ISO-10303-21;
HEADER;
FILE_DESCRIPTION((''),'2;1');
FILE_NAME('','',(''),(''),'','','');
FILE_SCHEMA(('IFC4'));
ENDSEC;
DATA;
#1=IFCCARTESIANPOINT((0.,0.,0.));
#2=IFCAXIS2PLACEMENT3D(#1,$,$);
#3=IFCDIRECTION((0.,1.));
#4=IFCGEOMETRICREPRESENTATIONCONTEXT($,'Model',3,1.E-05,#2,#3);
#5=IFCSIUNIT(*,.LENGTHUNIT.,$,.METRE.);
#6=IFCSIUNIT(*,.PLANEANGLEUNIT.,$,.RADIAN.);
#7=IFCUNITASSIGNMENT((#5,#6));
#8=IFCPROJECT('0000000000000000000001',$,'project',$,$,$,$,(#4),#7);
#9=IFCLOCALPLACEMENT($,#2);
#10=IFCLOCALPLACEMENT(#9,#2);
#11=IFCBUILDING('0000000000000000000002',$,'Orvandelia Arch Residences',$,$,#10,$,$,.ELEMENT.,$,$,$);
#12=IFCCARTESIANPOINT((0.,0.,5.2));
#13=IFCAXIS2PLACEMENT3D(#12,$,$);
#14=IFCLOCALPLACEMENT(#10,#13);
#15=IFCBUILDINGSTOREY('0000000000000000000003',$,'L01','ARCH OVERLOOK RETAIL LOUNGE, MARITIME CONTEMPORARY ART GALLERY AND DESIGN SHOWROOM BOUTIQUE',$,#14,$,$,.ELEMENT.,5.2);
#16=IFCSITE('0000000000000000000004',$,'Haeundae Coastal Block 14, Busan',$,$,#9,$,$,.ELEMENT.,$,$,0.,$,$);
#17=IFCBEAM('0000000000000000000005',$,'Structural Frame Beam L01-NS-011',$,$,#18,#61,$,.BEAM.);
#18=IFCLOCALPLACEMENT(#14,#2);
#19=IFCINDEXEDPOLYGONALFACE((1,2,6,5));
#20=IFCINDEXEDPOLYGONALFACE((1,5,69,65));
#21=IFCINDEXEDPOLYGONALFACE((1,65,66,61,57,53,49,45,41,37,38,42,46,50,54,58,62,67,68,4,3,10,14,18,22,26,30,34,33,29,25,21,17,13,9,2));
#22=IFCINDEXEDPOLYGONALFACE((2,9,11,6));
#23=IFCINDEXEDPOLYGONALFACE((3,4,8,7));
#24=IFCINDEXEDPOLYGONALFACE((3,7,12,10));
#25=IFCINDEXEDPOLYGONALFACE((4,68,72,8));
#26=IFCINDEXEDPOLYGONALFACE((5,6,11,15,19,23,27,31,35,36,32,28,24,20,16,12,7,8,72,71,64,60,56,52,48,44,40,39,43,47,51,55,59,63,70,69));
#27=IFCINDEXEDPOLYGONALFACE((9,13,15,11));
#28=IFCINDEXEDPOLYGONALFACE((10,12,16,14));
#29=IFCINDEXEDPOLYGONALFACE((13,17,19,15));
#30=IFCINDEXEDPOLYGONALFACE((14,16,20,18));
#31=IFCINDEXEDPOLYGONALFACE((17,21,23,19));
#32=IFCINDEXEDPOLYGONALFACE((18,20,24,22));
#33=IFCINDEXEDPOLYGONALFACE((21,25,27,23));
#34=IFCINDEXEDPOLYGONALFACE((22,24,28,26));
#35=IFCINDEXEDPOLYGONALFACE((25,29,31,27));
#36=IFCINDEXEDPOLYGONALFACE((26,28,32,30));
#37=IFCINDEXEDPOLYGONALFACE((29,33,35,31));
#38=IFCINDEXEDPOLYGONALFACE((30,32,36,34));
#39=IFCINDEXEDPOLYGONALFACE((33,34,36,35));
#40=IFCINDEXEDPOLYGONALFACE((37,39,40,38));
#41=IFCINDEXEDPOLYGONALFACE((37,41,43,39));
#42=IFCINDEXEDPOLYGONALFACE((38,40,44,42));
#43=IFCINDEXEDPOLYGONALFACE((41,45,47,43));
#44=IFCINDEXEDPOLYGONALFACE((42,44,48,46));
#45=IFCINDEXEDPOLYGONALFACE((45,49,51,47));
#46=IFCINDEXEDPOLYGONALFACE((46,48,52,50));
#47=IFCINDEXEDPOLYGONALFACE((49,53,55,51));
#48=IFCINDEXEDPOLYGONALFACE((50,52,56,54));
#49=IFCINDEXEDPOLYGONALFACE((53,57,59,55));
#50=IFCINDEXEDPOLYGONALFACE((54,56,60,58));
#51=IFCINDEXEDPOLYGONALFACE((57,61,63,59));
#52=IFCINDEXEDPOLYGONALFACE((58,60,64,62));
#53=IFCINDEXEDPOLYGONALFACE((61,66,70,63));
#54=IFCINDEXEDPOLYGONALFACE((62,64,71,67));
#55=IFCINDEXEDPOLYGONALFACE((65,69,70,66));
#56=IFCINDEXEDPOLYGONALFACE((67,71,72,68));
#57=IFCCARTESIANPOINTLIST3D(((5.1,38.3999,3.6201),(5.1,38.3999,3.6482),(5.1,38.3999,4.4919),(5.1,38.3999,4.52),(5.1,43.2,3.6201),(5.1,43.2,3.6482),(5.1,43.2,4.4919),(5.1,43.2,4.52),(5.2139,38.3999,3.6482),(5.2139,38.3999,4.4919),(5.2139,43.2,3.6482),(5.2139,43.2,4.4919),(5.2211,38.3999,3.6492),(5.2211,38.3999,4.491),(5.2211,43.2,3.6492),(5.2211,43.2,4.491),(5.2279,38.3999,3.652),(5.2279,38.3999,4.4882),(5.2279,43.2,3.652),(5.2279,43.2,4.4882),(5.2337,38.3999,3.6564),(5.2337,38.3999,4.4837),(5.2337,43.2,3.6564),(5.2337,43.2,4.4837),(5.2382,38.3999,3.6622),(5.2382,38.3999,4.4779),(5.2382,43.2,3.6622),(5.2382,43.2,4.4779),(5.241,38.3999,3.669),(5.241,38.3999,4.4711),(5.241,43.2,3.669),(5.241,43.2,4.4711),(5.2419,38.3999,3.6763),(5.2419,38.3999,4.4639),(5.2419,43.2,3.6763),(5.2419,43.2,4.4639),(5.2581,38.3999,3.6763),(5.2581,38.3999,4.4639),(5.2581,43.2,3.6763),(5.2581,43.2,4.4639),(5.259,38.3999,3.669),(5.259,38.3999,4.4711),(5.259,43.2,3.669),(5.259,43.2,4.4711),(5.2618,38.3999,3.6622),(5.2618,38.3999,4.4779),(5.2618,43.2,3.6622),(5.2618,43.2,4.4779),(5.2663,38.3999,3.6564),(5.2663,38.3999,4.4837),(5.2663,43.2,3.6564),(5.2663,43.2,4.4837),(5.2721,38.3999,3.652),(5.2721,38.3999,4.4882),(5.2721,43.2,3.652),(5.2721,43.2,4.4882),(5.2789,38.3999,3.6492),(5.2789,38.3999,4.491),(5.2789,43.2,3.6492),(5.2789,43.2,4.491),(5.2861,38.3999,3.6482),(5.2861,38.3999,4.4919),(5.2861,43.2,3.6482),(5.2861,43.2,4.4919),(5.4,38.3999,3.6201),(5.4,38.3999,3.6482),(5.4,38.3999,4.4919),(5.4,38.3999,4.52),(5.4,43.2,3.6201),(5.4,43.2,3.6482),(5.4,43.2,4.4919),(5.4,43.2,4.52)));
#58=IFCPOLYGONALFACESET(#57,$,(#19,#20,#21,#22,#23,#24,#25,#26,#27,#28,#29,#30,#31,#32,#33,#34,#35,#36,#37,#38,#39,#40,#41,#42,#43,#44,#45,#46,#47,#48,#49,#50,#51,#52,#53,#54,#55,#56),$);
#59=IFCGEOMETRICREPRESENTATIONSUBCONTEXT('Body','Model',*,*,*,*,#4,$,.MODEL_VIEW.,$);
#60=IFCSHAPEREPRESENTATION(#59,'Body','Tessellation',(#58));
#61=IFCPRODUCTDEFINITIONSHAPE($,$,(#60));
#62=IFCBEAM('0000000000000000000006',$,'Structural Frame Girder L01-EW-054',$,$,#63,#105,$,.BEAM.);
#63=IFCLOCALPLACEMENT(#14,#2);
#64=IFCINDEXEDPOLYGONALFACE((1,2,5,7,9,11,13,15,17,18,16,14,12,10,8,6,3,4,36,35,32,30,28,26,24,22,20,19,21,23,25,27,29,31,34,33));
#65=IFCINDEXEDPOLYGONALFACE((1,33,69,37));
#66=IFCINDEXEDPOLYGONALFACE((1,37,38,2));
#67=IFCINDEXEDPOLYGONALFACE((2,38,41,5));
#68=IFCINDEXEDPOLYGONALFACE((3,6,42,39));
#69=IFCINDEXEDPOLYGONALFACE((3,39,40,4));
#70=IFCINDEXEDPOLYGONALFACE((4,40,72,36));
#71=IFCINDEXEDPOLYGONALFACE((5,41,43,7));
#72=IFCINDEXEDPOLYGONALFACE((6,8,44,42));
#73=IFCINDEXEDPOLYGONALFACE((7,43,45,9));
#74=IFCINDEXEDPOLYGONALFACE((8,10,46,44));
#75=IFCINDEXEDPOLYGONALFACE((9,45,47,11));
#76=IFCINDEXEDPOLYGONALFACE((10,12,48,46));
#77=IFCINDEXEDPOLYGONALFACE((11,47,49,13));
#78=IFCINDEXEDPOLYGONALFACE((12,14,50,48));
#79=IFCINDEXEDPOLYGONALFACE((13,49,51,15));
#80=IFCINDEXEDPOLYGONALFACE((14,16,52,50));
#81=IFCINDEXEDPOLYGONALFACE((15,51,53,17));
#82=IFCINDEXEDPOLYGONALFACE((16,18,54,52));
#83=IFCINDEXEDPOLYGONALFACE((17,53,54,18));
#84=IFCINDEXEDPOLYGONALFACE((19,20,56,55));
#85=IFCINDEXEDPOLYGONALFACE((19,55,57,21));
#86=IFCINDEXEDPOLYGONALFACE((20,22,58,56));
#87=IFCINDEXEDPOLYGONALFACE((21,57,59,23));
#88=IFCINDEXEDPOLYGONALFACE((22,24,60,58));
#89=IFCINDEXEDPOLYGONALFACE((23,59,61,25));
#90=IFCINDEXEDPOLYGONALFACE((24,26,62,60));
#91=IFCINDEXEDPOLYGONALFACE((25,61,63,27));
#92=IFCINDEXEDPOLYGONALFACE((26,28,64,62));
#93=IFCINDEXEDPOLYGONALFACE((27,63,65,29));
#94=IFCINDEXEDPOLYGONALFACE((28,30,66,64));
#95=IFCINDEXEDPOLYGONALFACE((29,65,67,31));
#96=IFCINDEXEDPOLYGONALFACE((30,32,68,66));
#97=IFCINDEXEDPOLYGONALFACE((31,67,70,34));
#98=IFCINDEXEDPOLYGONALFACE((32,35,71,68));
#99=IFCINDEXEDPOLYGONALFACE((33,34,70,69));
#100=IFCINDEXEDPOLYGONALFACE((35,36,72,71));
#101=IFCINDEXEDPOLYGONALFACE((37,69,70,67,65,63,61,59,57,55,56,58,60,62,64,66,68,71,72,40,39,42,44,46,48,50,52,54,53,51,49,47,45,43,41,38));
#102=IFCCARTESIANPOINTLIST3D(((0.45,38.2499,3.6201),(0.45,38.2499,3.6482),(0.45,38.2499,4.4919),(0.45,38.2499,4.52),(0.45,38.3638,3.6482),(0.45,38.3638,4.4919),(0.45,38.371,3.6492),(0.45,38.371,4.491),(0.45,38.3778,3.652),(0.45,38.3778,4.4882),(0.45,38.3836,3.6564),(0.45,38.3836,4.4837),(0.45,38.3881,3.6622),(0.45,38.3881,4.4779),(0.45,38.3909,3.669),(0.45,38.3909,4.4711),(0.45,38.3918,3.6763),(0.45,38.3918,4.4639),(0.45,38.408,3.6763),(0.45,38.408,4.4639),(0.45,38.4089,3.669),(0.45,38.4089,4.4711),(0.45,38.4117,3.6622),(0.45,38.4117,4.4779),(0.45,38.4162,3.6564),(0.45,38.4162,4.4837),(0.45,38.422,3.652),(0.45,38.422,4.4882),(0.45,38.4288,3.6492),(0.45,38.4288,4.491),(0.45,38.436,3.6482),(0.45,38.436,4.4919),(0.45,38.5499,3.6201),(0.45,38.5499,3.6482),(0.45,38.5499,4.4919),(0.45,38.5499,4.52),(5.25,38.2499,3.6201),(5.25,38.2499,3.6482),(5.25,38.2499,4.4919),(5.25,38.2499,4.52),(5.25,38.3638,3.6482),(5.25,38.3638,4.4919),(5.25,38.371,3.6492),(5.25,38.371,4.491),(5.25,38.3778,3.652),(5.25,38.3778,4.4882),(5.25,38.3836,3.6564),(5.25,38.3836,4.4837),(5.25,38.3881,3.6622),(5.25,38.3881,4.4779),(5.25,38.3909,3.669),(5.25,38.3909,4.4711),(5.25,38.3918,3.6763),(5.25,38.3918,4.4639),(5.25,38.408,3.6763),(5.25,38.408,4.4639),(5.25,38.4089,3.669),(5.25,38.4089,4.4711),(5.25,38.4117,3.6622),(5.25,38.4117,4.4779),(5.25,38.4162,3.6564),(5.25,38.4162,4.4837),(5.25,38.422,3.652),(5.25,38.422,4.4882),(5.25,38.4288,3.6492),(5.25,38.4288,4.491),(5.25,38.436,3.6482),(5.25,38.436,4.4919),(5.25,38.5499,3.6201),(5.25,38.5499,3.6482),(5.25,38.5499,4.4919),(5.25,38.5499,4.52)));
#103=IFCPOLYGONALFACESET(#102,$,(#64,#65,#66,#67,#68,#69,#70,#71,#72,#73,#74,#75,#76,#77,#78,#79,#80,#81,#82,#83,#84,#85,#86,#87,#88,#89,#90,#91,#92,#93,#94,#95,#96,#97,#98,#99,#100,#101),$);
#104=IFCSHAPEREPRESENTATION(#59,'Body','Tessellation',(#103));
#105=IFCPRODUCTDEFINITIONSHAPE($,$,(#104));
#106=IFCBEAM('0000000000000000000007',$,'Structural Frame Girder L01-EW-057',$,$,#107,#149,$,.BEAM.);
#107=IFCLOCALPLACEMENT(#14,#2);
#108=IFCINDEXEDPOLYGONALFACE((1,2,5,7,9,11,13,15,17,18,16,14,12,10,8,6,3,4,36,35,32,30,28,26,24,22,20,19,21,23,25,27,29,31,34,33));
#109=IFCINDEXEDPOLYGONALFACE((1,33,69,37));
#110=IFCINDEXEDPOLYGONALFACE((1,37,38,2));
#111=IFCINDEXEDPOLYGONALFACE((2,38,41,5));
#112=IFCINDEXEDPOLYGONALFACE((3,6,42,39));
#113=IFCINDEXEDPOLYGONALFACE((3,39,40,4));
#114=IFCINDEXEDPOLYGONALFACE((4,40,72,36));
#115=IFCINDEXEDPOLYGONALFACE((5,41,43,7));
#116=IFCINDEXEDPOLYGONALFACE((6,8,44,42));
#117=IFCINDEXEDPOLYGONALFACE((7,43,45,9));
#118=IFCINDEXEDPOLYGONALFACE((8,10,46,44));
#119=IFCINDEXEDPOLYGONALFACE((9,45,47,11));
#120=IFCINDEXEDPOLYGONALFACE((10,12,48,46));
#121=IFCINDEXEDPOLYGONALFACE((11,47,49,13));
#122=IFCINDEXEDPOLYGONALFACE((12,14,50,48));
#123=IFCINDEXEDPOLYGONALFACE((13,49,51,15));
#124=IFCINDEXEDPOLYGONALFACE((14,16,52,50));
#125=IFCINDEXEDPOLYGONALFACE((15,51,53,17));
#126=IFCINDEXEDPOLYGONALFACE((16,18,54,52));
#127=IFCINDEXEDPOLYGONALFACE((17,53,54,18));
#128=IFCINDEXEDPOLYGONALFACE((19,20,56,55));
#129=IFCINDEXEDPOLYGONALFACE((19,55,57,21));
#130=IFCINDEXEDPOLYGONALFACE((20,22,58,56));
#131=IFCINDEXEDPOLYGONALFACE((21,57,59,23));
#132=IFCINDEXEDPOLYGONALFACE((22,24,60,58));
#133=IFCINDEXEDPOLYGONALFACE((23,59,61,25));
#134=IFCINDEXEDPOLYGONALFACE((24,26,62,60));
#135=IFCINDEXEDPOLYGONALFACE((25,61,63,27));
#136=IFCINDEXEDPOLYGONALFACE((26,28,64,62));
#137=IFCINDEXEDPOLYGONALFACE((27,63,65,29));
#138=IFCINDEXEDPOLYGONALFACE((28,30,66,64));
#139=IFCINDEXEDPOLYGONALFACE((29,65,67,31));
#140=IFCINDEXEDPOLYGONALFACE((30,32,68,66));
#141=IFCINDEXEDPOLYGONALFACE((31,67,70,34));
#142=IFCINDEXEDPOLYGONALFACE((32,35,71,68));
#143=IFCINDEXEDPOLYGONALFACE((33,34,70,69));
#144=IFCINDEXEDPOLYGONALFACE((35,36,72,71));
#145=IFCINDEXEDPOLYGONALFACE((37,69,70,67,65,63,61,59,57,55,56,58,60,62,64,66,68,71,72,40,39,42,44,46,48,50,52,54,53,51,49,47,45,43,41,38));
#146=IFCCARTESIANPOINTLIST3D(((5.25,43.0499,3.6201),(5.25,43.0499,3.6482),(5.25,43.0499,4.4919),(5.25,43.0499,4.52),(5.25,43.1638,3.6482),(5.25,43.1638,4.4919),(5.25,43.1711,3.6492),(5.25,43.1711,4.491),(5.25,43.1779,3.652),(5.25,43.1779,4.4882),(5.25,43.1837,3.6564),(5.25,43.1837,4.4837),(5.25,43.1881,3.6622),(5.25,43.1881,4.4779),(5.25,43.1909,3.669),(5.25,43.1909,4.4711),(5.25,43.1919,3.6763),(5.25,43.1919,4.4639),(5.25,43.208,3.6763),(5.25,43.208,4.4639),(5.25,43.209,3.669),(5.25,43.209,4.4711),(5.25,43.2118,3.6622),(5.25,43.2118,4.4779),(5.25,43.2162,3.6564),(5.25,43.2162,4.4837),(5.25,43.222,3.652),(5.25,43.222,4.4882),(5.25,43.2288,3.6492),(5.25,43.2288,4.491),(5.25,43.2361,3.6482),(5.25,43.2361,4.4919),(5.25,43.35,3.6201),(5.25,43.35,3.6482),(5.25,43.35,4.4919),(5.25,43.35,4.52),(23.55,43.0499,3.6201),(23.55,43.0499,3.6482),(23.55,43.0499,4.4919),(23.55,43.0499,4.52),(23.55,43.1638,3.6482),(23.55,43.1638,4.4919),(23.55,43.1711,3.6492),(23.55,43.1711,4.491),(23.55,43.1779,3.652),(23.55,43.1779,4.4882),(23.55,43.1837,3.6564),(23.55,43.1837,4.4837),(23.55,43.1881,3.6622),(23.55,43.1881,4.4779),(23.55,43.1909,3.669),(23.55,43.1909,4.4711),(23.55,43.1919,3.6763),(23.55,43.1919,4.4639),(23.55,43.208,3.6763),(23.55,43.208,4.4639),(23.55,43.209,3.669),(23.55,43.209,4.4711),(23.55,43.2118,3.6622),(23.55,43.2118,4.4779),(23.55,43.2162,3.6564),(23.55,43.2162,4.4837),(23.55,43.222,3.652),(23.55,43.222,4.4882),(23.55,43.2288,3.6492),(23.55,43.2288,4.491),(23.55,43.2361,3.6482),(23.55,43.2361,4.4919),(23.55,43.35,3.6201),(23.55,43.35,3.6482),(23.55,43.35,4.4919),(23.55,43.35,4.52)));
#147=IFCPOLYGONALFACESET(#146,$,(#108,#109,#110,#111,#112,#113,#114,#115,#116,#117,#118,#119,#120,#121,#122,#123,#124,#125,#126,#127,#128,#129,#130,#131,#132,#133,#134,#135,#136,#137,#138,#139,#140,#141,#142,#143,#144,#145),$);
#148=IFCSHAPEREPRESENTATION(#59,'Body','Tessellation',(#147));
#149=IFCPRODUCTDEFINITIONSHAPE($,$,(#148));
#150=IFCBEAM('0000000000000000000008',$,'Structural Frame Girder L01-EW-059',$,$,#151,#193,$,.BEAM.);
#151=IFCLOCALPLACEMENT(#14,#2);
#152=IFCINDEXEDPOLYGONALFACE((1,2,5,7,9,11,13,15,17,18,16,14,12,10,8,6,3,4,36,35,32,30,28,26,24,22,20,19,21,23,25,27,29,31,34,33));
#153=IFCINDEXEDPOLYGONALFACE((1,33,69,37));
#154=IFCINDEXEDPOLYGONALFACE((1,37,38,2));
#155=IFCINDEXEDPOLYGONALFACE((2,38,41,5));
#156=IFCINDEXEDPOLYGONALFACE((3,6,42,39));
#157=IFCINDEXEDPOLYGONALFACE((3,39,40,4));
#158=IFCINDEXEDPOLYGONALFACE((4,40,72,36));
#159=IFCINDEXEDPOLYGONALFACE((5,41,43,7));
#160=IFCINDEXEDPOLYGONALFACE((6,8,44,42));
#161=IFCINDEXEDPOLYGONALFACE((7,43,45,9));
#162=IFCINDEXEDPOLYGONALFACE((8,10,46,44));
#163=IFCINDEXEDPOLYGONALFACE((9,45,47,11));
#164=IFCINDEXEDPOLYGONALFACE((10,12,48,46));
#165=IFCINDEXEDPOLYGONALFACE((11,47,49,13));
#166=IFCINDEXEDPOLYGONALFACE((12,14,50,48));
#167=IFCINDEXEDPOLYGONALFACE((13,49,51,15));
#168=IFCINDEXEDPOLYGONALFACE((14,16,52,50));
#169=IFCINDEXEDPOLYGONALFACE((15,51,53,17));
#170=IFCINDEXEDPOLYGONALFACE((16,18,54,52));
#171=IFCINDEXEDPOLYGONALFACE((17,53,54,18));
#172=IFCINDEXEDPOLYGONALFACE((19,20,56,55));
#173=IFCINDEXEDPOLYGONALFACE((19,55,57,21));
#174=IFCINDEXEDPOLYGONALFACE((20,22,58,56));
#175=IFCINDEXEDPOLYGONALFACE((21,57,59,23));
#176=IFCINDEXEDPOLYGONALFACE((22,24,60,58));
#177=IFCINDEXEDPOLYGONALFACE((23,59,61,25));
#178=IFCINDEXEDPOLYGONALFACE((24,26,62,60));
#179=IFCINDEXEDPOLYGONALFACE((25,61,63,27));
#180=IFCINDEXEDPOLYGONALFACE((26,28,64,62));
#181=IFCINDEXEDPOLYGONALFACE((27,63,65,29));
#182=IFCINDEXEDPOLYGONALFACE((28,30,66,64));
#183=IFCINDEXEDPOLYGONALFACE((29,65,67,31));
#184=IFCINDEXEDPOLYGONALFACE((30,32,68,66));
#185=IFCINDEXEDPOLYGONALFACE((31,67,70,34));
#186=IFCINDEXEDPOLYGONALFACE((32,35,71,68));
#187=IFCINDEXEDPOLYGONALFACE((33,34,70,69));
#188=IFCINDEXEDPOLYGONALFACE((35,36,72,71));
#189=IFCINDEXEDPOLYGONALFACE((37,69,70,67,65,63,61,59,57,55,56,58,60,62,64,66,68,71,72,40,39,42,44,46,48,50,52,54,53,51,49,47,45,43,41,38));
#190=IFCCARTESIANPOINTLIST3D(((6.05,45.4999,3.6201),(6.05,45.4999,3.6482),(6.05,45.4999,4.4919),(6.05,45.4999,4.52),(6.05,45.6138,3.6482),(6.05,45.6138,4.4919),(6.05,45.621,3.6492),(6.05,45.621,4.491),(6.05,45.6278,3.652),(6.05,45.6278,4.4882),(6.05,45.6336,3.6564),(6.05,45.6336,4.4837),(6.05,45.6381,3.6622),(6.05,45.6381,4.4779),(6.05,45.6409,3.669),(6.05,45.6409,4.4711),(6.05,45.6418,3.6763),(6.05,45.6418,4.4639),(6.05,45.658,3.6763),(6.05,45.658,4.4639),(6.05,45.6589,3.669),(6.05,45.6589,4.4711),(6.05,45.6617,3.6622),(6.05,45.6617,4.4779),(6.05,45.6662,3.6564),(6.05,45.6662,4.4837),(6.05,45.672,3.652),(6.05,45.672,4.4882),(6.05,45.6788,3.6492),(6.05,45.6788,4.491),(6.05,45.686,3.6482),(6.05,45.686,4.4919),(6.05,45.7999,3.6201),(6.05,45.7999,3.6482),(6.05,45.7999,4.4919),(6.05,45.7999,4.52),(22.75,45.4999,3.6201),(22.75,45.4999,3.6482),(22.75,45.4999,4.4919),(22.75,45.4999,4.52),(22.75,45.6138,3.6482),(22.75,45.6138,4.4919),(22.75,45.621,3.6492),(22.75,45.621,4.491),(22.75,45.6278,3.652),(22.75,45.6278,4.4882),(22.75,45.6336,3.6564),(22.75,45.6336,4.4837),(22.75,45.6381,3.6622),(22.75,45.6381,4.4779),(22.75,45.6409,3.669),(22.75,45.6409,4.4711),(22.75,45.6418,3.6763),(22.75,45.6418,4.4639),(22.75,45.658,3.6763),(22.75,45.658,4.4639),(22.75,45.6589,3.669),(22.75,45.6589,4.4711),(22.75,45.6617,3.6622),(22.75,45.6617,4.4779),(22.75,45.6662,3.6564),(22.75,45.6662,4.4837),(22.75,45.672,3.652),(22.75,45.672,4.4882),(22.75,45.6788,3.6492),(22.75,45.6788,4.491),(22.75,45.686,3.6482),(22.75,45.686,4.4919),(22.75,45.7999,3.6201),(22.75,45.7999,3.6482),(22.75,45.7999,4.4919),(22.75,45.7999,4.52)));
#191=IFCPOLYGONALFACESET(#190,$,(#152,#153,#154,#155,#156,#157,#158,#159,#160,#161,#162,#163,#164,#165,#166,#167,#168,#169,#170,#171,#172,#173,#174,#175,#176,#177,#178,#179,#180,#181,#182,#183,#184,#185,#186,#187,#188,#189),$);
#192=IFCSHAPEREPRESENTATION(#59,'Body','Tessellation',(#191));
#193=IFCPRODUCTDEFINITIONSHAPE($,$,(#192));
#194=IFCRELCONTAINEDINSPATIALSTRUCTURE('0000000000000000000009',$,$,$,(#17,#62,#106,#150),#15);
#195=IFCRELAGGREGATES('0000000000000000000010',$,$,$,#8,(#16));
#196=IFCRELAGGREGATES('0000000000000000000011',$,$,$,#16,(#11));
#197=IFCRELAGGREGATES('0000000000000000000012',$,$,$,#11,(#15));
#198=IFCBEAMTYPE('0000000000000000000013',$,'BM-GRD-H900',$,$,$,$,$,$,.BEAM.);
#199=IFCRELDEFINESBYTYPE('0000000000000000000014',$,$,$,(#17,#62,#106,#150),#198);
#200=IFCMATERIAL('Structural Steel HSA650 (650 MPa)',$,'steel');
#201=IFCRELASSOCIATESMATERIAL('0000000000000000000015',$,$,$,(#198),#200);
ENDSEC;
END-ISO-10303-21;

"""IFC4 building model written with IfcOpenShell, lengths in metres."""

from ifc_helpers import new_model, si_unit, direction, frame, origin, origin_2d, place, context, subcontext, project, spatial, i_section, extrude, material, material_profile, profile_set, type_object, element, save


model = new_model("IFC4")

# Units and contexts
model_context = context("Model", 3, precision=1e-05, world=origin(), true_north=direction((0.0, 1.0)))
body_context = subcontext(model_context, "Body", "Model", "MODEL_VIEW")
ifc_project = project(units=[si_unit("LENGTHUNIT", "METRE"), si_unit("PLANEANGLEUNIT", "RADIAN")], contexts=[model_context])

# Site, building, storey
site_placement = place(None, origin())
site = spatial("IfcSite", under=ifc_project, at=site_placement, Name="Haeundae Coastal Block 14, Busan", CompositionType="ELEMENT", RefElevation=0.0)
building_placement = place(site_placement, origin())
building = spatial("IfcBuilding", under=site, at=building_placement, Name="Orvandelia Arch Residences", CompositionType="ELEMENT")
storey_placement = place(building_placement, frame((0.0, 0.0, 5.2)))
storey = spatial("IfcBuildingStorey", under=building, at=storey_placement, Name="L01", Description="ARCH OVERLOOK RETAIL LOUNGE, MARITIME CONTEMPORARY ART GALLERY AND DESIGN SHOWROOM BOUTIQUE", CompositionType="ELEMENT", Elevation=5.2)

# Beams
ifc_material_1 = material(Name="Structural Steel HSA650 (650 MPa)", Category="steel")
ifc_material_profile_1 = material_profile(ifc_material_1, i_section(OverallWidth=0.3, OverallDepth=0.8999, WebThickness=0.0161, FlangeThickness=0.0281, FilletRadius=0.0281, at=origin_2d()), Name="Structural Steel HSA650 (650 MPa)", Category="steel")
ifc_profile_set_1 = profile_set([ifc_material_profile_1], Name="Structural Steel HSA650 (650 MPa)")
beam_type = type_object("IfcBeamType", Name="BM-GRD-H900", PredefinedType="BEAM", material=ifc_profile_set_1)
for number, where, z_axis, x_axis, name in (
    (1, (5.25, 38.3999, 4.0701), (0.0, 1.0, 0.0), (-1.0, 0.0, 0.0), "Structural Frame Beam L01-NS-011"),
    (2, (0.45, 38.3999, 4.0701), (1.0, 0.0, 0.0), (0.0, 1.0, 0.0), "Structural Frame Girder L01-EW-054"),
):
    element("IfcBeam", number, at=place(storey_placement, frame(where, z_axis=z_axis, x_axis=x_axis)), inside=storey, type_object=beam_type, Name=name, PredefinedType="BEAM", context=body_context, shape_type="SweptSolid", body=[
        extrude(i_section(OverallWidth=0.3, OverallDepth=0.8999, WebThickness=0.0161, FlangeThickness=0.0281, FilletRadius=0.0281, at=origin_2d()), origin(), (0.0, 0.0, 1.0), 4.8),
    ])
beam_1_placement = place(storey_placement, frame((5.25, 43.2, 4.0701), z_axis=(1.0, 0.0, 0.0), x_axis=(0.0, 1.0, 0.0)))
element("IfcBeam", 3, at=beam_1_placement, inside=storey, type_object=beam_type, Name="Structural Frame Girder L01-EW-057", PredefinedType="BEAM", context=body_context, shape_type="SweptSolid", body=[
    extrude(i_section(OverallWidth=0.3, OverallDepth=0.8999, WebThickness=0.0161, FlangeThickness=0.0281, FilletRadius=0.0281, at=origin_2d()), origin(), (0.0, 0.0, 1.0), 18.3),
])
beam_2_placement = place(storey_placement, frame((6.05, 45.6499, 4.0701), z_axis=(1.0, 0.0, 0.0), x_axis=(0.0, 1.0, 0.0)))
element("IfcBeam", 4, at=beam_2_placement, inside=storey, type_object=beam_type, Name="Structural Frame Girder L01-EW-059", PredefinedType="BEAM", context=body_context, shape_type="SweptSolid", body=[
    extrude(i_section(OverallWidth=0.3, OverallDepth=0.8999, WebThickness=0.0161, FlangeThickness=0.0281, FilletRadius=0.0281, at=origin_2d()), origin(), (0.0, 0.0, 1.0), 16.7),
])

save(model, "model.ifc")
